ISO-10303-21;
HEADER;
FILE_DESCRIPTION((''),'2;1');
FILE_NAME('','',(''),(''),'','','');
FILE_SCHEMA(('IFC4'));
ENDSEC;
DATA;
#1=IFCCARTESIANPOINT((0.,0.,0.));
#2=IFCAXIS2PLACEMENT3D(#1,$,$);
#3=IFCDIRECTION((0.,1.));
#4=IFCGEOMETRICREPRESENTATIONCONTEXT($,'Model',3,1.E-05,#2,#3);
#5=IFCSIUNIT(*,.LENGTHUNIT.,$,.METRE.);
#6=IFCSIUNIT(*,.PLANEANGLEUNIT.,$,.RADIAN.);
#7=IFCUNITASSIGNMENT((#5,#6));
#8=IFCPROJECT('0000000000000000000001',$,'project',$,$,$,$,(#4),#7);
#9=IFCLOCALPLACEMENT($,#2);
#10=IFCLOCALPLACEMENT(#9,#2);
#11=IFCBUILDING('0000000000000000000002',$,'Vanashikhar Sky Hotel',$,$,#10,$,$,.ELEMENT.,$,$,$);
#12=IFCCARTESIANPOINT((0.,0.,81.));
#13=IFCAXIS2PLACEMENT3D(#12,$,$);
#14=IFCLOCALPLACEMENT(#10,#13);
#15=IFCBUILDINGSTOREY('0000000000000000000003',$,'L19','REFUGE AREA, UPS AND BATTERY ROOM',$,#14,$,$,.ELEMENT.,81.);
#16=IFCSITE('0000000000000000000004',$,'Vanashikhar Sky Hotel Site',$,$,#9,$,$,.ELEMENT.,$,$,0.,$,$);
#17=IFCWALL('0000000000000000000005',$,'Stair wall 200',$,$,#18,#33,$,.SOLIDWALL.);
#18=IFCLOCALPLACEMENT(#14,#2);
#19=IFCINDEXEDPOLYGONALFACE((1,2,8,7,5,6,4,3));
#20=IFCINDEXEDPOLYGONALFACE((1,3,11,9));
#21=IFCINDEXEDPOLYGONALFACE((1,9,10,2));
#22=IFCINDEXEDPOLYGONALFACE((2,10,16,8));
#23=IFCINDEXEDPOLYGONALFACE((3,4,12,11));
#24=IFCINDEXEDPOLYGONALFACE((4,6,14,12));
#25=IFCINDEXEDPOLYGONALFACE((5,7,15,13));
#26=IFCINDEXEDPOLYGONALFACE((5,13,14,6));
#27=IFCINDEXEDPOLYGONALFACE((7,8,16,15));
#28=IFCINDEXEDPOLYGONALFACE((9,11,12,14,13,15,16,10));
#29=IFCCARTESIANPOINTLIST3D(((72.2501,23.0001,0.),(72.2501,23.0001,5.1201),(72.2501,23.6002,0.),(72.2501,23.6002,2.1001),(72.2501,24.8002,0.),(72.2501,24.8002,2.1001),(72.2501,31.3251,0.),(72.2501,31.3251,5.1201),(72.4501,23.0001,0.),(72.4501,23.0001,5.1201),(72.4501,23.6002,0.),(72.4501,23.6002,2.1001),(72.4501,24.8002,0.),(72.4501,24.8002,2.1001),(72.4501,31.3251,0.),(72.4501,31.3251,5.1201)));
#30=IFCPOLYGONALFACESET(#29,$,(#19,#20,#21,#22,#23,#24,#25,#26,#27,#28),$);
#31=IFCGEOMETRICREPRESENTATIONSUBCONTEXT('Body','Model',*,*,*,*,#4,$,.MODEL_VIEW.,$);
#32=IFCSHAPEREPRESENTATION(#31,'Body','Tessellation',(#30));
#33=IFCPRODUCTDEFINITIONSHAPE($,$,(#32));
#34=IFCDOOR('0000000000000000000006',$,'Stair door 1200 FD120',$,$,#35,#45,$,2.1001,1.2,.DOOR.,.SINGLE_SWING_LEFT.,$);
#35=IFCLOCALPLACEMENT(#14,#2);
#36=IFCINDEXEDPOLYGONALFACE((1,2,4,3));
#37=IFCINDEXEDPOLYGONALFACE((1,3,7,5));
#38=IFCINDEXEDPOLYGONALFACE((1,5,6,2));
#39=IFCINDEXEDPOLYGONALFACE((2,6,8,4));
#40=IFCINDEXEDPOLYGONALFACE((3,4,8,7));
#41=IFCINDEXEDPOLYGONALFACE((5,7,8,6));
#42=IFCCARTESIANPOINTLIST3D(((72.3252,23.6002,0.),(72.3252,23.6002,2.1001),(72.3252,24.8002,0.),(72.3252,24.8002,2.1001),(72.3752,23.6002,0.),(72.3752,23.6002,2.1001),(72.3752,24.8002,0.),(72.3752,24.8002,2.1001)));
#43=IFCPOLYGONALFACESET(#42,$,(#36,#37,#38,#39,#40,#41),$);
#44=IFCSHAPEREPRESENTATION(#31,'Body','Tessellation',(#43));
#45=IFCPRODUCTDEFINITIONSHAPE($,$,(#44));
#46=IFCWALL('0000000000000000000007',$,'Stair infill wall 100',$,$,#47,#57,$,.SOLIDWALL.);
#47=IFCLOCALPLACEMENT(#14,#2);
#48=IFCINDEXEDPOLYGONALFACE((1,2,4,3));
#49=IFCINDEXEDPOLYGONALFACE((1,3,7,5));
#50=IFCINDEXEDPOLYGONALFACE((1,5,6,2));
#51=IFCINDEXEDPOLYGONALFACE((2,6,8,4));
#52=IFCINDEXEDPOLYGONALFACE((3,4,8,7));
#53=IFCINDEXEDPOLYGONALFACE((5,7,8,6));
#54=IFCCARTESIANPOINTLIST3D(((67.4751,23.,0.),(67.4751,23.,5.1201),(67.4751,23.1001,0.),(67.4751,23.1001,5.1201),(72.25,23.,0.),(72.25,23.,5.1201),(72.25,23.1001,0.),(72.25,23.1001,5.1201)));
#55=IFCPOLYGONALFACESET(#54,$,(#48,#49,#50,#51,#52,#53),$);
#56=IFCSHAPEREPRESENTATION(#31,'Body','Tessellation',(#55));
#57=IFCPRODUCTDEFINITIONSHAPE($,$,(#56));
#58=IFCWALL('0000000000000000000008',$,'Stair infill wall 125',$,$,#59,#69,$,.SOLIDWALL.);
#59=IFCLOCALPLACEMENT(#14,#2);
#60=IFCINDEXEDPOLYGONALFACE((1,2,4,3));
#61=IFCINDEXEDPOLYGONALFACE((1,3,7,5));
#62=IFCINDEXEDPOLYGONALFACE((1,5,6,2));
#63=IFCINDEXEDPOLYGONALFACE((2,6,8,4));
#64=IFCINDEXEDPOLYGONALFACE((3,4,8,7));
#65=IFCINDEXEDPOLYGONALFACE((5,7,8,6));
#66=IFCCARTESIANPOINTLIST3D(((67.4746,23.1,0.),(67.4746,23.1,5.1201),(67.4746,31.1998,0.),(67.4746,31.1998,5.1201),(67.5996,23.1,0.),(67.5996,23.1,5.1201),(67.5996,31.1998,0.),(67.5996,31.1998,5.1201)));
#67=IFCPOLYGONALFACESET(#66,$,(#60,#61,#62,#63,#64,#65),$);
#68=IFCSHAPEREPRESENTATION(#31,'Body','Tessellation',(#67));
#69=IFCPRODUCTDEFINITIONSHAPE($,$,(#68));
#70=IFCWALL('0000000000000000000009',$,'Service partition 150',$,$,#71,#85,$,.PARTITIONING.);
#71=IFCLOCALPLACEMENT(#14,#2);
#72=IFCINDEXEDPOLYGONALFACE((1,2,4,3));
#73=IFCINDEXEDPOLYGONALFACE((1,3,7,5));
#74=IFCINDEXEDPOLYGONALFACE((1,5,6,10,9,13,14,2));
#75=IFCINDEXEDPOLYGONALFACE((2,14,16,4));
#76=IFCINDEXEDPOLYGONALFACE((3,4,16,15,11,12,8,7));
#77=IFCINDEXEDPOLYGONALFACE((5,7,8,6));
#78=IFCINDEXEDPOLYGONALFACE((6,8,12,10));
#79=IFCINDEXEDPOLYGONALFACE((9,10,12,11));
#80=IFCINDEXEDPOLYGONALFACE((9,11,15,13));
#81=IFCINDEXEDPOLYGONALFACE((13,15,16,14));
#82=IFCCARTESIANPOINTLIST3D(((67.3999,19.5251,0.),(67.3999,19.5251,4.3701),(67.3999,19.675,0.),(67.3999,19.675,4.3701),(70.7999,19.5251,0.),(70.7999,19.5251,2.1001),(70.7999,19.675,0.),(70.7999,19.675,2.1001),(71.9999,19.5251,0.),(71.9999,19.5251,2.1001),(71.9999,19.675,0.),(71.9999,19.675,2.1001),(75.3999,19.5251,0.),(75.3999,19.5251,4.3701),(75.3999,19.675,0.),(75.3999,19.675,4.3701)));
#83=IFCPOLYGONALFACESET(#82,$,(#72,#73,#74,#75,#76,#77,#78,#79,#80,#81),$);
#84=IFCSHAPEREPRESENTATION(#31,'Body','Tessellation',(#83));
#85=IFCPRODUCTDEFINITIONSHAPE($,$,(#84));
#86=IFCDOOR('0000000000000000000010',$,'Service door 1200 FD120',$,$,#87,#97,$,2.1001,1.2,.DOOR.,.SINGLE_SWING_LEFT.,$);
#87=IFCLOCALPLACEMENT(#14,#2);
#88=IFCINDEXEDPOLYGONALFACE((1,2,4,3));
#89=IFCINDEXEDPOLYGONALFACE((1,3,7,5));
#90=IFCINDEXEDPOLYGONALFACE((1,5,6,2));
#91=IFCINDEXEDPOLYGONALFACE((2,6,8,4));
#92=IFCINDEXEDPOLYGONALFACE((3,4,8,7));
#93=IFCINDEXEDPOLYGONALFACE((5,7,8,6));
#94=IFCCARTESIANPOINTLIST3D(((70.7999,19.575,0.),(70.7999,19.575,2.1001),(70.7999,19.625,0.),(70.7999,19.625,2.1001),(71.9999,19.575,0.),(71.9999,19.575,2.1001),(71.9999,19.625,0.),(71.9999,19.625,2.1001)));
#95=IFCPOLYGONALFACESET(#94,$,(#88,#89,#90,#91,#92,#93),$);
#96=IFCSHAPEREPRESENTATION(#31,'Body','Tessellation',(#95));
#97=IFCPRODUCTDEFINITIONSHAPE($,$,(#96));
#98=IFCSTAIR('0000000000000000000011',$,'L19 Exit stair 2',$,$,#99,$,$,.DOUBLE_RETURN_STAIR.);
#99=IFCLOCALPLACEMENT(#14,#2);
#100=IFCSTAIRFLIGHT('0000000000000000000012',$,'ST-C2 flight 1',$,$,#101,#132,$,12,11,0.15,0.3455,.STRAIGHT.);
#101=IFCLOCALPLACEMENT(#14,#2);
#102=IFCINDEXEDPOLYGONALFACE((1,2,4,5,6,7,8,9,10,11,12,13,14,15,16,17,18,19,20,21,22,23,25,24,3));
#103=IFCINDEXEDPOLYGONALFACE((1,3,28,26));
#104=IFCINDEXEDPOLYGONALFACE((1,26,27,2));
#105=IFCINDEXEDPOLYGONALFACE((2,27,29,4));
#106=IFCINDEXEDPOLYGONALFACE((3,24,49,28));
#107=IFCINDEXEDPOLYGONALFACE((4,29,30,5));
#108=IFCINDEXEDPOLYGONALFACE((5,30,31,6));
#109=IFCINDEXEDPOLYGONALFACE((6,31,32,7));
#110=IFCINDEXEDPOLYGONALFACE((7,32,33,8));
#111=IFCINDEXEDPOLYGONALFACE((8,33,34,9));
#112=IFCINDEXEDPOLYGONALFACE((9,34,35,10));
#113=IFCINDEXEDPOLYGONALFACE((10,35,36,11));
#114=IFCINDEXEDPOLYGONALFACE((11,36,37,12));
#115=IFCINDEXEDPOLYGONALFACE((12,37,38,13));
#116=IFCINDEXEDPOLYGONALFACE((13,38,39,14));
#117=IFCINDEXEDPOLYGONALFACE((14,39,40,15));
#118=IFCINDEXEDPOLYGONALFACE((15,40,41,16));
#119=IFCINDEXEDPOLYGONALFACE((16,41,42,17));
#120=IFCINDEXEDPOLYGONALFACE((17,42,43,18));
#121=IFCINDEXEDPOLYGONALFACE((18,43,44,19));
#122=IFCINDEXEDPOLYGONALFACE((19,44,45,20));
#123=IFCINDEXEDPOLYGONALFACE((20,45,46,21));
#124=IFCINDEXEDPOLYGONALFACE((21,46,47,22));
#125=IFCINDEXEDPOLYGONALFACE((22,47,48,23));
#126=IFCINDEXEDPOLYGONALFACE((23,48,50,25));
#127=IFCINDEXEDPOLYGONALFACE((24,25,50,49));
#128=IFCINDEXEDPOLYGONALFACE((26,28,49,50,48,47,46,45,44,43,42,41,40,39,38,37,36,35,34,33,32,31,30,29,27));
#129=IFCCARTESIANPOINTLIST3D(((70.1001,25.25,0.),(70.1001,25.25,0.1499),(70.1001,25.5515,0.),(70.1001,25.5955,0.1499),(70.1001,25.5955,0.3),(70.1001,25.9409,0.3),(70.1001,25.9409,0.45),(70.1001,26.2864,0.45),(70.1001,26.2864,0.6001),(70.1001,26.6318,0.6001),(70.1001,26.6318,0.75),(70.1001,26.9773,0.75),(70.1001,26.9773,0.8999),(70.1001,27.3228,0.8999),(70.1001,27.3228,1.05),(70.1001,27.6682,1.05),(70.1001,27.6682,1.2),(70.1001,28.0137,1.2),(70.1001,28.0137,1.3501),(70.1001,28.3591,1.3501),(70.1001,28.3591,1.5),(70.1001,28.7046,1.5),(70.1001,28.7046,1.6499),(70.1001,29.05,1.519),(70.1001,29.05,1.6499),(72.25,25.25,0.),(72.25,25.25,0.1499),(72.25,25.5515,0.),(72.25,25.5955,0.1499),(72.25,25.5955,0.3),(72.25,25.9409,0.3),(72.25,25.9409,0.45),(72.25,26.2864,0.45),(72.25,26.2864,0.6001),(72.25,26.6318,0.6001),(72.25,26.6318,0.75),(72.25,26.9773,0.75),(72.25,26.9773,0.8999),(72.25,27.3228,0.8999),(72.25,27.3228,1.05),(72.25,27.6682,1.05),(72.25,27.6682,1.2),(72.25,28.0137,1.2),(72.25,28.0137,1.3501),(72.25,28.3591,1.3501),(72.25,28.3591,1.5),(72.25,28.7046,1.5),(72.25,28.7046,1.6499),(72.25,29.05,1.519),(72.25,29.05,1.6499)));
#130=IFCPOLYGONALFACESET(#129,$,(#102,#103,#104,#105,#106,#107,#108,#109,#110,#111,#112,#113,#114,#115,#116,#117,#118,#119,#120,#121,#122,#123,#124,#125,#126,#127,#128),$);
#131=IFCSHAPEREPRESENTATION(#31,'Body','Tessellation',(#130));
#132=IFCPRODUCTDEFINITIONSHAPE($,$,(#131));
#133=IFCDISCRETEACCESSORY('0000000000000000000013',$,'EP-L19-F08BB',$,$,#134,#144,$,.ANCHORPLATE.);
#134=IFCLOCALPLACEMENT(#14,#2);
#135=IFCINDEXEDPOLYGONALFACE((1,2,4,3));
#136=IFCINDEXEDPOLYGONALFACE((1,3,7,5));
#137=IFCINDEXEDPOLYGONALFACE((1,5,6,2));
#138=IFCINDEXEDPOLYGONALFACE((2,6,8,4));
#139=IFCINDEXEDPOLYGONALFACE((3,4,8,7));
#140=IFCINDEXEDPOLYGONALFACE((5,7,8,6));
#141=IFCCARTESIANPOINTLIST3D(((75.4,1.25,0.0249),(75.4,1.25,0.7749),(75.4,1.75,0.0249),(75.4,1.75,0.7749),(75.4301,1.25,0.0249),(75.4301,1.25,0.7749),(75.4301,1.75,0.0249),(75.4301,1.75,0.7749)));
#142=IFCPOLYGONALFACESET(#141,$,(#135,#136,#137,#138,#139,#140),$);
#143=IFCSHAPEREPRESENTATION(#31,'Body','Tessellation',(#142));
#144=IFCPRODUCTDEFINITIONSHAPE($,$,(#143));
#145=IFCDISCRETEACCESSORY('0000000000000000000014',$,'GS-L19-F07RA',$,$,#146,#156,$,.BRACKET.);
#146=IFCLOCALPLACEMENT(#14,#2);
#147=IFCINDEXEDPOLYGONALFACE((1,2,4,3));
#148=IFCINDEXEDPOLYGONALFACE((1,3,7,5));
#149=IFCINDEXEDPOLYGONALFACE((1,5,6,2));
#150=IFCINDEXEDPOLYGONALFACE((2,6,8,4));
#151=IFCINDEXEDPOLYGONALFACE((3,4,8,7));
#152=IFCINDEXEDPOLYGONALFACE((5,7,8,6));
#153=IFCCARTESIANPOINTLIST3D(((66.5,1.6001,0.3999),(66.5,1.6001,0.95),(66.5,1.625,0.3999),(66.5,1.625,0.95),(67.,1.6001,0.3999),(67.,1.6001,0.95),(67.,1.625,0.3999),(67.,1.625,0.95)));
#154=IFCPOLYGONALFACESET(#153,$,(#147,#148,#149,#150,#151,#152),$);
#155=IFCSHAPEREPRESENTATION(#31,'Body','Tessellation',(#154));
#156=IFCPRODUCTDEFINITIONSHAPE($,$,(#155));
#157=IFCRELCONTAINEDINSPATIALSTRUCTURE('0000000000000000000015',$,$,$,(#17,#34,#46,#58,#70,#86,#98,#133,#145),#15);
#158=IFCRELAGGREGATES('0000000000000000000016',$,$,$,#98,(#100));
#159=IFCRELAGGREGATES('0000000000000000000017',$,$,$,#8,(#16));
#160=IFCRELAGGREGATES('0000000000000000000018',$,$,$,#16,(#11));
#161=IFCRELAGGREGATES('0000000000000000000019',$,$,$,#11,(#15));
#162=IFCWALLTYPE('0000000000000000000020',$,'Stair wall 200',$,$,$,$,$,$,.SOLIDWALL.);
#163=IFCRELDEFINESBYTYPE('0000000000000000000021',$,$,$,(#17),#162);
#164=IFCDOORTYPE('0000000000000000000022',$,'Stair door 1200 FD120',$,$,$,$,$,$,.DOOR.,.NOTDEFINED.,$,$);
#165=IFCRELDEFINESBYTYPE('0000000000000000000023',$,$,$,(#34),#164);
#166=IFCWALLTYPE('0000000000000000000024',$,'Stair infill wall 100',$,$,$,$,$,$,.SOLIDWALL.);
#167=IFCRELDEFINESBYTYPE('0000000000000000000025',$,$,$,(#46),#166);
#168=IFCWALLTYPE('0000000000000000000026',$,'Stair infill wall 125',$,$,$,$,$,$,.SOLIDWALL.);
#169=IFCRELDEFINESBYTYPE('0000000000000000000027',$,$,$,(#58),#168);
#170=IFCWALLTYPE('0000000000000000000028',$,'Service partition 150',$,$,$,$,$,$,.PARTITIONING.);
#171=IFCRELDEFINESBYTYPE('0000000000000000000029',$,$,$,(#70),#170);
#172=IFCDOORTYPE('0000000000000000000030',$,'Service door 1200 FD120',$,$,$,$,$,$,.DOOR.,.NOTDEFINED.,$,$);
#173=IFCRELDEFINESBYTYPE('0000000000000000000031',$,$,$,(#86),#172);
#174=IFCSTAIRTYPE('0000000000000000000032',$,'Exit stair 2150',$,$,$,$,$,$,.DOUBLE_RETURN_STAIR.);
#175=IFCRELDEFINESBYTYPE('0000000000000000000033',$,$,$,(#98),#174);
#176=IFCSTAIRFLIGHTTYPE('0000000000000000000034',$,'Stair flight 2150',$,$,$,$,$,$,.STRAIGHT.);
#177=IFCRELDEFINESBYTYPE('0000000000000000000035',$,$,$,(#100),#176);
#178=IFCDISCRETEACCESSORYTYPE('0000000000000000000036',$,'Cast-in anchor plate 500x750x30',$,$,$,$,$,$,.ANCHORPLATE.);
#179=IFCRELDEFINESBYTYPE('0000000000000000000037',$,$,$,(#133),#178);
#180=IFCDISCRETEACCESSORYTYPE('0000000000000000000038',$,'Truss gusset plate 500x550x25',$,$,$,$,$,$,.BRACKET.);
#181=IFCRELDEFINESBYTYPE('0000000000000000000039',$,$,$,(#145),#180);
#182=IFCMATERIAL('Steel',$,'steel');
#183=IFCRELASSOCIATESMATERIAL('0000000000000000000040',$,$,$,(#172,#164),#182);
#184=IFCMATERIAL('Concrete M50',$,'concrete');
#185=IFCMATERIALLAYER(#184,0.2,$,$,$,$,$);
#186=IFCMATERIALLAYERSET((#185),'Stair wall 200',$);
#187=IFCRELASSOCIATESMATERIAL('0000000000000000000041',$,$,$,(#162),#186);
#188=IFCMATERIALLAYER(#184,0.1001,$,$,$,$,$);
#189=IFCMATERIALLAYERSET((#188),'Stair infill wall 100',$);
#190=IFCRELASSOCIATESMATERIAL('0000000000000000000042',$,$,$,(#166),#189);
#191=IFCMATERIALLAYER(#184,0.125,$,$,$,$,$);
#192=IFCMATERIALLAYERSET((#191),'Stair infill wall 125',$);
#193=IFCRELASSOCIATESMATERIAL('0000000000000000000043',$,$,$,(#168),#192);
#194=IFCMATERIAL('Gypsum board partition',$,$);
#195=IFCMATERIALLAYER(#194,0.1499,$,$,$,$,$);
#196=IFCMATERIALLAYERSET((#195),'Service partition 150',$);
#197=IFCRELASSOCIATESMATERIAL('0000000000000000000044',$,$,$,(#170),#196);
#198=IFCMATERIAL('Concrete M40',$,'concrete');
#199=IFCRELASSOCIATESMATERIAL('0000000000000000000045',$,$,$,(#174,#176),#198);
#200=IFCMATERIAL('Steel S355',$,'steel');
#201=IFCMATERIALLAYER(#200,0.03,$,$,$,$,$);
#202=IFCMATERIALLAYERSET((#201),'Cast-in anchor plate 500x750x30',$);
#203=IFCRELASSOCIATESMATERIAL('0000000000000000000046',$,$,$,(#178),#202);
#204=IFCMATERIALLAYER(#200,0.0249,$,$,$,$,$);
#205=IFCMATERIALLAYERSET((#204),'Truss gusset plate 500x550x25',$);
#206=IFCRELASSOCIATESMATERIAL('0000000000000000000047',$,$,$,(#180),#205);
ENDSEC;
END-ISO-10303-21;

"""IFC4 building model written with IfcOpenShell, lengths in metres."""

from ifc_helpers import new_model, si_unit, direction, frame, frame_2d, origin, origin_2d, place, context, subcontext, project, spatial, polyline, rectangle, outline, extrude, source, transform, mapped, material, layer, layer_set, type_object, element, fill, aggregate, save


model = new_model("IFC4")

# Units and contexts
model_context = context("Model", 3, precision=1e-05, world=origin(), true_north=direction((0.0, 1.0)))
body_context = subcontext(model_context, "Body", "Model", "MODEL_VIEW")
ifc_project = project(units=[si_unit("LENGTHUNIT", "METRE"), si_unit("PLANEANGLEUNIT", "RADIAN")], contexts=[model_context])

# Site, building, storey
site_placement = place(None, origin())
site = spatial("IfcSite", under=ifc_project, at=site_placement, Name="Vanashikhar Sky Hotel Site", CompositionType="ELEMENT", RefElevation=0.0)
building_placement = place(site_placement, origin())
building = spatial("IfcBuilding", under=site, at=building_placement, Name="Vanashikhar Sky Hotel", CompositionType="ELEMENT")
storey_placement = place(building_placement, frame((0.0, 0.0, 81.0)))
storey = spatial("IfcBuildingStorey", under=building, at=storey_placement, Name="L19", Description="REFUGE AREA, UPS AND BATTERY ROOM", CompositionType="ELEMENT", Elevation=81.0)

# Shared definitions
ifc_material_1 = material(Name="Concrete M50", Category="concrete")

# Shared definitions
ifc_material_2 = material(Name="Steel S355", Category="steel")

# Shared definitions
ifc_material_3 = material(Name="Steel", Category="steel")
door_type_1 = type_object("IfcDoorType", Name="Service door 1200 FD120", OperationType="NOTDEFINED", PredefinedType="DOOR", material=ifc_material_3)
shared_shape_1 = source(origin(), body_context, "Body", "SweptSolid", [
    extrude(rectangle(XDim=1.2, YDim=2.1001, at=frame_2d((0.6001, 1.05))), frame((0.0, 0.0249, 0.0), z_axis=(0.0, -1.0, 0.0), x_axis=(1.0, 0.0, 0.0)), (0.0, 0.0, 1.0), 0.05),
])

# Wall, opening, door
ifc_layer_1 = layer(ifc_material_1, 0.2)
ifc_layer_set_1 = layer_set([ifc_layer_1], Name="Stair wall 200")
wall_type_1 = type_object("IfcWallType", Name="Stair wall 200", PredefinedType="SOLIDWALL", material=ifc_layer_set_1)
shared_shape_2 = source(origin(), body_context, "Body", "SweptSolid", [
    extrude(rectangle(XDim=8.325, YDim=0.2, at=frame_2d((4.1626, 0.0))), origin(), (0.0, 0.0, 1.0), 5.1201),
])
wall_1_placement = place(storey_placement, frame((72.3501, 23.0, 0.0), z_axis=(0.0, 0.0, 1.0), x_axis=(0.0, 1.0, 0.0)))
wall_1 = element("IfcWall", 1, at=wall_1_placement, inside=storey, type_object=wall_type_1, Name="Stair wall 200", PredefinedType="SOLIDWALL", context=body_context, shape_type="MappedRepresentation", body=[
    mapped(shared_shape_2, transform((0.0, 0.0, 0.0), scale=1.0)),
])
shared_shape_3 = source(origin(), body_context, "Body", "SweptSolid", [
    extrude(rectangle(XDim=1.2, YDim=2.1001, at=frame_2d((0.6001, 1.05))), frame((0.0, 0.1099, 0.0), z_axis=(0.0, -1.0, 0.0), x_axis=(1.0, 0.0, 0.0)), (0.0, 0.0, 1.0), 0.22),
])
opening_1_placement = place(wall_1_placement, frame((0.6001, 0.0, 0.0)))
opening_1 = element("IfcOpeningElement", 2, at=opening_1_placement, cuts=wall_1, PredefinedType="OPENING", context=body_context, shape_type="MappedRepresentation", body=[
    mapped(shared_shape_3, transform((0.0, 0.0, 0.0), scale=1.0)),
])
door_type_2 = type_object("IfcDoorType", Name="Stair door 1200 FD120", OperationType="NOTDEFINED", PredefinedType="DOOR", material=ifc_material_3)
door_1_placement = place(opening_1_placement, origin())
door_1 = element("IfcDoor", 3, at=door_1_placement, inside=storey, type_object=door_type_2, Name="Stair door 1200 FD120", OperationType="SINGLE_SWING_LEFT", OverallHeight=2.1001, OverallWidth=1.2, PredefinedType="DOOR", context=body_context, shape_type="MappedRepresentation", body=[
    mapped(shared_shape_1, transform((0.0, 0.0, 0.0), scale=1.0)),
])
fill(opening_1, door_1)

# Walls
ifc_layer_2 = layer(ifc_material_1, 0.1001)
ifc_layer_set_2 = layer_set([ifc_layer_2], Name="Stair infill wall 100")
wall_type_2 = type_object("IfcWallType", Name="Stair infill wall 100", PredefinedType="SOLIDWALL", material=ifc_layer_set_2)
shared_shape_4 = source(origin(), body_context, "Body", "SweptSolid", [
    extrude(rectangle(XDim=4.7749, YDim=0.1001, at=frame_2d((2.3875, 0.0))), origin(), (0.0, 0.0, 1.0), 5.1201),
])
wall_2_placement = place(storey_placement, frame((67.4751, 23.05, 0.0), z_axis=(0.0, 0.0, 1.0), x_axis=(1.0, 0.0, 0.0)))
element("IfcWall", 4, at=wall_2_placement, inside=storey, type_object=wall_type_2, Name="Stair infill wall 100", PredefinedType="SOLIDWALL", context=body_context, shape_type="MappedRepresentation", body=[
    mapped(shared_shape_4, transform((0.0, 0.0, 0.0), scale=1.0)),
])
ifc_layer_3 = layer(ifc_material_1, 0.125)
ifc_layer_set_3 = layer_set([ifc_layer_3], Name="Stair infill wall 125")
wall_type_3 = type_object("IfcWallType", Name="Stair infill wall 125", PredefinedType="SOLIDWALL", material=ifc_layer_set_3)
shared_shape_5 = source(origin(), body_context, "Body", "SweptSolid", [
    extrude(rectangle(XDim=8.0999, YDim=0.125, at=frame_2d((4.0498, 0.0))), origin(), (0.0, 0.0, 1.0), 5.1201),
])
wall_3_placement = place(storey_placement, frame((67.5371, 23.1001, 0.0), z_axis=(0.0, 0.0, 1.0), x_axis=(0.0, 1.0, 0.0)))
element("IfcWall", 5, at=wall_3_placement, inside=storey, type_object=wall_type_3, Name="Stair infill wall 125", PredefinedType="SOLIDWALL", context=body_context, shape_type="MappedRepresentation", body=[
    mapped(shared_shape_5, transform((0.0, 0.0, 0.0), scale=1.0)),
])

# Wall, opening, door
ifc_material_4 = material(Name="Gypsum board partition")
ifc_layer_4 = layer(ifc_material_4, 0.1499)
ifc_layer_set_4 = layer_set([ifc_layer_4], Name="Service partition 150")
wall_type_4 = type_object("IfcWallType", Name="Service partition 150", PredefinedType="PARTITIONING", material=ifc_layer_set_4)
shared_shape_6 = source(origin(), body_context, "Body", "SweptSolid", [
    extrude(rectangle(XDim=8.0, YDim=0.1499, at=frame_2d((4.0, 0.0))), origin(), (0.0, 0.0, 1.0), 4.3701),
])
wall_4_placement = place(storey_placement, frame((67.3999, 19.6001, 0.0), z_axis=(0.0, 0.0, 1.0), x_axis=(1.0, 0.0, 0.0)))
wall_4 = element("IfcWall", 6, at=wall_4_placement, inside=storey, type_object=wall_type_4, Name="Service partition 150", PredefinedType="PARTITIONING", context=body_context, shape_type="MappedRepresentation", body=[
    mapped(shared_shape_6, transform((0.0, 0.0, 0.0), scale=1.0)),
])
shared_shape_7 = source(origin(), body_context, "Body", "SweptSolid", [
    extrude(rectangle(XDim=1.2, YDim=2.1001, at=frame_2d((0.6001, 1.05))), frame((0.0, 0.085, 0.0), z_axis=(0.0, -1.0, 0.0), x_axis=(1.0, 0.0, 0.0)), (0.0, 0.0, 1.0), 0.1699),
])
opening_2_placement = place(wall_4_placement, frame((3.3999, 0.0, 0.0)))
opening_2 = element("IfcOpeningElement", 7, at=opening_2_placement, cuts=wall_4, PredefinedType="OPENING", context=body_context, shape_type="MappedRepresentation", body=[
    mapped(shared_shape_7, transform((0.0, 0.0, 0.0), scale=1.0)),
])
door_2_placement = place(opening_2_placement, origin())
door_2 = element("IfcDoor", 8, at=door_2_placement, inside=storey, type_object=door_type_1, Name="Service door 1200 FD120", OperationType="SINGLE_SWING_LEFT", OverallHeight=2.1001, OverallWidth=1.2, PredefinedType="DOOR", context=body_context, shape_type="MappedRepresentation", body=[
    mapped(shared_shape_1, transform((0.0, 0.0, 0.0), scale=1.0)),
])
fill(opening_2, door_2)

# Stair, stair flight
ifc_material_5 = material(Name="Concrete M40", Category="concrete")
stair_type = type_object("IfcStairType", Name="Exit stair 2150", PredefinedType="DOUBLE_RETURN_STAIR", material=ifc_material_5)
stair_placement = place(storey_placement, origin())
stair = element("IfcStair", 9, at=stair_placement, inside=storey, type_object=stair_type, Name="L19 Exit stair 2", PredefinedType="DOUBLE_RETURN_STAIR")
stair_flight_type = type_object("IfcStairFlightType", Name="Stair flight 2150", PredefinedType="STRAIGHT", material=ifc_material_5)
shared_shape_8 = source(origin(), body_context, "Body", "SweptSolid", [
    extrude(outline(polyline([(0.0, 0.0), (0.0, 0.1499), (0.3455, 0.1499), (0.3455, 0.3), (0.6909, 0.3), (0.6909, 0.45), (1.0364, 0.45), (1.0364, 0.6001), (1.3818, 0.6001), (1.3818, 0.75), (1.7273, 0.75), (1.7273, 0.8999), (2.0728, 0.8999), (2.0728, 1.05), (2.4182, 1.05), (2.4182, 1.2), (2.7637, 1.2), (2.7637, 1.3501), (3.1091, 1.3501), (3.1091, 1.5), (3.4546, 1.5), (3.4546, 1.6499), (3.8, 1.6499), (3.8, 1.8), (3.8, 1.519), (0.3015, 0.0), (0.0, 0.0)])), frame((0.0, 1.075, 0.0), z_axis=(0.0, -1.0, 0.0), x_axis=(1.0, 0.0, 0.0)), (0.0, 0.0, 1.0), 2.1499),
])
stair_flight_placement = place(storey_placement, frame((71.175, 25.25, 0.0), z_axis=(0.0, 0.0, 1.0), x_axis=(0.0, 1.0, 0.0)))
stair_flight = element("IfcStairFlight", 10, at=stair_flight_placement, type_object=stair_flight_type, Name="ST-C2 flight 1", NumberOfRisers=12, NumberOfTreads=11, PredefinedType="STRAIGHT", RiserHeight=0.15, TreadLength=0.3455, context=body_context, shape_type="MappedRepresentation", body=[
    mapped(shared_shape_8, transform((0.0, 0.0, 0.0), scale=1.0)),
])
aggregate(stair, [stair_flight])

# Discrete accessories
ifc_layer_5 = layer(ifc_material_2, 0.03)
ifc_layer_set_5 = layer_set([ifc_layer_5], Name="Cast-in anchor plate 500x750x30")
discrete_accessory_type_1 = type_object("IfcDiscreteAccessoryType", Name="Cast-in anchor plate 500x750x30", PredefinedType="ANCHORPLATE", material=ifc_layer_set_5)
shared_shape_9 = source(origin(), body_context, "Body", "SweptSolid", [
    extrude(rectangle(XDim=0.03, YDim=0.5, at=origin_2d()), origin(), (0.0, 0.0, 1.0), 0.75),
])
discrete_accessory_placement = place(storey_placement, frame((75.415, 1.5, 0.0249), z_axis=(0.0, 0.0, 1.0), x_axis=(1.0, 0.0, 0.0)))
element("IfcDiscreteAccessory", 11, at=discrete_accessory_placement, inside=storey, type_object=discrete_accessory_type_1, Name="EP-L19-F08BB", PredefinedType="ANCHORPLATE", context=body_context, shape_type="MappedRepresentation", body=[
    mapped(shared_shape_9, transform((0.0, 0.0, 0.0), scale=1.0)),
])
ifc_layer_6 = layer(ifc_material_2, 0.0249)
ifc_layer_set_6 = layer_set([ifc_layer_6], Name="Truss gusset plate 500x550x25")
discrete_accessory_type_2 = type_object("IfcDiscreteAccessoryType", Name="Truss gusset plate 500x550x25", PredefinedType="BRACKET", material=ifc_layer_set_6)
shared_shape_10 = source(origin(), body_context, "Body", "SweptSolid", [
    extrude(rectangle(XDim=0.5, YDim=0.0249, at=origin_2d()), origin(), (0.0, 0.0, 1.0), 0.55),
])
for number, where, z_axis, x_axis, name in (
    (12, (66.75, 1.6125, 0.3999), (0.0, 0.0, 1.0), (1.0, 0.0, 0.0), "GS-L19-F07RA"),
):
    element("IfcDiscreteAccessory", number, at=place(storey_placement, frame(where, z_axis=z_axis, x_axis=x_axis)), inside=storey, type_object=discrete_accessory_type_2, Name=name, PredefinedType="BRACKET", context=body_context, shape_type="MappedRepresentation", body=[
        mapped(shared_shape_10, transform((0.0, 0.0, 0.0), scale=1.0)),
    ])

save(model, "model.ifc")
